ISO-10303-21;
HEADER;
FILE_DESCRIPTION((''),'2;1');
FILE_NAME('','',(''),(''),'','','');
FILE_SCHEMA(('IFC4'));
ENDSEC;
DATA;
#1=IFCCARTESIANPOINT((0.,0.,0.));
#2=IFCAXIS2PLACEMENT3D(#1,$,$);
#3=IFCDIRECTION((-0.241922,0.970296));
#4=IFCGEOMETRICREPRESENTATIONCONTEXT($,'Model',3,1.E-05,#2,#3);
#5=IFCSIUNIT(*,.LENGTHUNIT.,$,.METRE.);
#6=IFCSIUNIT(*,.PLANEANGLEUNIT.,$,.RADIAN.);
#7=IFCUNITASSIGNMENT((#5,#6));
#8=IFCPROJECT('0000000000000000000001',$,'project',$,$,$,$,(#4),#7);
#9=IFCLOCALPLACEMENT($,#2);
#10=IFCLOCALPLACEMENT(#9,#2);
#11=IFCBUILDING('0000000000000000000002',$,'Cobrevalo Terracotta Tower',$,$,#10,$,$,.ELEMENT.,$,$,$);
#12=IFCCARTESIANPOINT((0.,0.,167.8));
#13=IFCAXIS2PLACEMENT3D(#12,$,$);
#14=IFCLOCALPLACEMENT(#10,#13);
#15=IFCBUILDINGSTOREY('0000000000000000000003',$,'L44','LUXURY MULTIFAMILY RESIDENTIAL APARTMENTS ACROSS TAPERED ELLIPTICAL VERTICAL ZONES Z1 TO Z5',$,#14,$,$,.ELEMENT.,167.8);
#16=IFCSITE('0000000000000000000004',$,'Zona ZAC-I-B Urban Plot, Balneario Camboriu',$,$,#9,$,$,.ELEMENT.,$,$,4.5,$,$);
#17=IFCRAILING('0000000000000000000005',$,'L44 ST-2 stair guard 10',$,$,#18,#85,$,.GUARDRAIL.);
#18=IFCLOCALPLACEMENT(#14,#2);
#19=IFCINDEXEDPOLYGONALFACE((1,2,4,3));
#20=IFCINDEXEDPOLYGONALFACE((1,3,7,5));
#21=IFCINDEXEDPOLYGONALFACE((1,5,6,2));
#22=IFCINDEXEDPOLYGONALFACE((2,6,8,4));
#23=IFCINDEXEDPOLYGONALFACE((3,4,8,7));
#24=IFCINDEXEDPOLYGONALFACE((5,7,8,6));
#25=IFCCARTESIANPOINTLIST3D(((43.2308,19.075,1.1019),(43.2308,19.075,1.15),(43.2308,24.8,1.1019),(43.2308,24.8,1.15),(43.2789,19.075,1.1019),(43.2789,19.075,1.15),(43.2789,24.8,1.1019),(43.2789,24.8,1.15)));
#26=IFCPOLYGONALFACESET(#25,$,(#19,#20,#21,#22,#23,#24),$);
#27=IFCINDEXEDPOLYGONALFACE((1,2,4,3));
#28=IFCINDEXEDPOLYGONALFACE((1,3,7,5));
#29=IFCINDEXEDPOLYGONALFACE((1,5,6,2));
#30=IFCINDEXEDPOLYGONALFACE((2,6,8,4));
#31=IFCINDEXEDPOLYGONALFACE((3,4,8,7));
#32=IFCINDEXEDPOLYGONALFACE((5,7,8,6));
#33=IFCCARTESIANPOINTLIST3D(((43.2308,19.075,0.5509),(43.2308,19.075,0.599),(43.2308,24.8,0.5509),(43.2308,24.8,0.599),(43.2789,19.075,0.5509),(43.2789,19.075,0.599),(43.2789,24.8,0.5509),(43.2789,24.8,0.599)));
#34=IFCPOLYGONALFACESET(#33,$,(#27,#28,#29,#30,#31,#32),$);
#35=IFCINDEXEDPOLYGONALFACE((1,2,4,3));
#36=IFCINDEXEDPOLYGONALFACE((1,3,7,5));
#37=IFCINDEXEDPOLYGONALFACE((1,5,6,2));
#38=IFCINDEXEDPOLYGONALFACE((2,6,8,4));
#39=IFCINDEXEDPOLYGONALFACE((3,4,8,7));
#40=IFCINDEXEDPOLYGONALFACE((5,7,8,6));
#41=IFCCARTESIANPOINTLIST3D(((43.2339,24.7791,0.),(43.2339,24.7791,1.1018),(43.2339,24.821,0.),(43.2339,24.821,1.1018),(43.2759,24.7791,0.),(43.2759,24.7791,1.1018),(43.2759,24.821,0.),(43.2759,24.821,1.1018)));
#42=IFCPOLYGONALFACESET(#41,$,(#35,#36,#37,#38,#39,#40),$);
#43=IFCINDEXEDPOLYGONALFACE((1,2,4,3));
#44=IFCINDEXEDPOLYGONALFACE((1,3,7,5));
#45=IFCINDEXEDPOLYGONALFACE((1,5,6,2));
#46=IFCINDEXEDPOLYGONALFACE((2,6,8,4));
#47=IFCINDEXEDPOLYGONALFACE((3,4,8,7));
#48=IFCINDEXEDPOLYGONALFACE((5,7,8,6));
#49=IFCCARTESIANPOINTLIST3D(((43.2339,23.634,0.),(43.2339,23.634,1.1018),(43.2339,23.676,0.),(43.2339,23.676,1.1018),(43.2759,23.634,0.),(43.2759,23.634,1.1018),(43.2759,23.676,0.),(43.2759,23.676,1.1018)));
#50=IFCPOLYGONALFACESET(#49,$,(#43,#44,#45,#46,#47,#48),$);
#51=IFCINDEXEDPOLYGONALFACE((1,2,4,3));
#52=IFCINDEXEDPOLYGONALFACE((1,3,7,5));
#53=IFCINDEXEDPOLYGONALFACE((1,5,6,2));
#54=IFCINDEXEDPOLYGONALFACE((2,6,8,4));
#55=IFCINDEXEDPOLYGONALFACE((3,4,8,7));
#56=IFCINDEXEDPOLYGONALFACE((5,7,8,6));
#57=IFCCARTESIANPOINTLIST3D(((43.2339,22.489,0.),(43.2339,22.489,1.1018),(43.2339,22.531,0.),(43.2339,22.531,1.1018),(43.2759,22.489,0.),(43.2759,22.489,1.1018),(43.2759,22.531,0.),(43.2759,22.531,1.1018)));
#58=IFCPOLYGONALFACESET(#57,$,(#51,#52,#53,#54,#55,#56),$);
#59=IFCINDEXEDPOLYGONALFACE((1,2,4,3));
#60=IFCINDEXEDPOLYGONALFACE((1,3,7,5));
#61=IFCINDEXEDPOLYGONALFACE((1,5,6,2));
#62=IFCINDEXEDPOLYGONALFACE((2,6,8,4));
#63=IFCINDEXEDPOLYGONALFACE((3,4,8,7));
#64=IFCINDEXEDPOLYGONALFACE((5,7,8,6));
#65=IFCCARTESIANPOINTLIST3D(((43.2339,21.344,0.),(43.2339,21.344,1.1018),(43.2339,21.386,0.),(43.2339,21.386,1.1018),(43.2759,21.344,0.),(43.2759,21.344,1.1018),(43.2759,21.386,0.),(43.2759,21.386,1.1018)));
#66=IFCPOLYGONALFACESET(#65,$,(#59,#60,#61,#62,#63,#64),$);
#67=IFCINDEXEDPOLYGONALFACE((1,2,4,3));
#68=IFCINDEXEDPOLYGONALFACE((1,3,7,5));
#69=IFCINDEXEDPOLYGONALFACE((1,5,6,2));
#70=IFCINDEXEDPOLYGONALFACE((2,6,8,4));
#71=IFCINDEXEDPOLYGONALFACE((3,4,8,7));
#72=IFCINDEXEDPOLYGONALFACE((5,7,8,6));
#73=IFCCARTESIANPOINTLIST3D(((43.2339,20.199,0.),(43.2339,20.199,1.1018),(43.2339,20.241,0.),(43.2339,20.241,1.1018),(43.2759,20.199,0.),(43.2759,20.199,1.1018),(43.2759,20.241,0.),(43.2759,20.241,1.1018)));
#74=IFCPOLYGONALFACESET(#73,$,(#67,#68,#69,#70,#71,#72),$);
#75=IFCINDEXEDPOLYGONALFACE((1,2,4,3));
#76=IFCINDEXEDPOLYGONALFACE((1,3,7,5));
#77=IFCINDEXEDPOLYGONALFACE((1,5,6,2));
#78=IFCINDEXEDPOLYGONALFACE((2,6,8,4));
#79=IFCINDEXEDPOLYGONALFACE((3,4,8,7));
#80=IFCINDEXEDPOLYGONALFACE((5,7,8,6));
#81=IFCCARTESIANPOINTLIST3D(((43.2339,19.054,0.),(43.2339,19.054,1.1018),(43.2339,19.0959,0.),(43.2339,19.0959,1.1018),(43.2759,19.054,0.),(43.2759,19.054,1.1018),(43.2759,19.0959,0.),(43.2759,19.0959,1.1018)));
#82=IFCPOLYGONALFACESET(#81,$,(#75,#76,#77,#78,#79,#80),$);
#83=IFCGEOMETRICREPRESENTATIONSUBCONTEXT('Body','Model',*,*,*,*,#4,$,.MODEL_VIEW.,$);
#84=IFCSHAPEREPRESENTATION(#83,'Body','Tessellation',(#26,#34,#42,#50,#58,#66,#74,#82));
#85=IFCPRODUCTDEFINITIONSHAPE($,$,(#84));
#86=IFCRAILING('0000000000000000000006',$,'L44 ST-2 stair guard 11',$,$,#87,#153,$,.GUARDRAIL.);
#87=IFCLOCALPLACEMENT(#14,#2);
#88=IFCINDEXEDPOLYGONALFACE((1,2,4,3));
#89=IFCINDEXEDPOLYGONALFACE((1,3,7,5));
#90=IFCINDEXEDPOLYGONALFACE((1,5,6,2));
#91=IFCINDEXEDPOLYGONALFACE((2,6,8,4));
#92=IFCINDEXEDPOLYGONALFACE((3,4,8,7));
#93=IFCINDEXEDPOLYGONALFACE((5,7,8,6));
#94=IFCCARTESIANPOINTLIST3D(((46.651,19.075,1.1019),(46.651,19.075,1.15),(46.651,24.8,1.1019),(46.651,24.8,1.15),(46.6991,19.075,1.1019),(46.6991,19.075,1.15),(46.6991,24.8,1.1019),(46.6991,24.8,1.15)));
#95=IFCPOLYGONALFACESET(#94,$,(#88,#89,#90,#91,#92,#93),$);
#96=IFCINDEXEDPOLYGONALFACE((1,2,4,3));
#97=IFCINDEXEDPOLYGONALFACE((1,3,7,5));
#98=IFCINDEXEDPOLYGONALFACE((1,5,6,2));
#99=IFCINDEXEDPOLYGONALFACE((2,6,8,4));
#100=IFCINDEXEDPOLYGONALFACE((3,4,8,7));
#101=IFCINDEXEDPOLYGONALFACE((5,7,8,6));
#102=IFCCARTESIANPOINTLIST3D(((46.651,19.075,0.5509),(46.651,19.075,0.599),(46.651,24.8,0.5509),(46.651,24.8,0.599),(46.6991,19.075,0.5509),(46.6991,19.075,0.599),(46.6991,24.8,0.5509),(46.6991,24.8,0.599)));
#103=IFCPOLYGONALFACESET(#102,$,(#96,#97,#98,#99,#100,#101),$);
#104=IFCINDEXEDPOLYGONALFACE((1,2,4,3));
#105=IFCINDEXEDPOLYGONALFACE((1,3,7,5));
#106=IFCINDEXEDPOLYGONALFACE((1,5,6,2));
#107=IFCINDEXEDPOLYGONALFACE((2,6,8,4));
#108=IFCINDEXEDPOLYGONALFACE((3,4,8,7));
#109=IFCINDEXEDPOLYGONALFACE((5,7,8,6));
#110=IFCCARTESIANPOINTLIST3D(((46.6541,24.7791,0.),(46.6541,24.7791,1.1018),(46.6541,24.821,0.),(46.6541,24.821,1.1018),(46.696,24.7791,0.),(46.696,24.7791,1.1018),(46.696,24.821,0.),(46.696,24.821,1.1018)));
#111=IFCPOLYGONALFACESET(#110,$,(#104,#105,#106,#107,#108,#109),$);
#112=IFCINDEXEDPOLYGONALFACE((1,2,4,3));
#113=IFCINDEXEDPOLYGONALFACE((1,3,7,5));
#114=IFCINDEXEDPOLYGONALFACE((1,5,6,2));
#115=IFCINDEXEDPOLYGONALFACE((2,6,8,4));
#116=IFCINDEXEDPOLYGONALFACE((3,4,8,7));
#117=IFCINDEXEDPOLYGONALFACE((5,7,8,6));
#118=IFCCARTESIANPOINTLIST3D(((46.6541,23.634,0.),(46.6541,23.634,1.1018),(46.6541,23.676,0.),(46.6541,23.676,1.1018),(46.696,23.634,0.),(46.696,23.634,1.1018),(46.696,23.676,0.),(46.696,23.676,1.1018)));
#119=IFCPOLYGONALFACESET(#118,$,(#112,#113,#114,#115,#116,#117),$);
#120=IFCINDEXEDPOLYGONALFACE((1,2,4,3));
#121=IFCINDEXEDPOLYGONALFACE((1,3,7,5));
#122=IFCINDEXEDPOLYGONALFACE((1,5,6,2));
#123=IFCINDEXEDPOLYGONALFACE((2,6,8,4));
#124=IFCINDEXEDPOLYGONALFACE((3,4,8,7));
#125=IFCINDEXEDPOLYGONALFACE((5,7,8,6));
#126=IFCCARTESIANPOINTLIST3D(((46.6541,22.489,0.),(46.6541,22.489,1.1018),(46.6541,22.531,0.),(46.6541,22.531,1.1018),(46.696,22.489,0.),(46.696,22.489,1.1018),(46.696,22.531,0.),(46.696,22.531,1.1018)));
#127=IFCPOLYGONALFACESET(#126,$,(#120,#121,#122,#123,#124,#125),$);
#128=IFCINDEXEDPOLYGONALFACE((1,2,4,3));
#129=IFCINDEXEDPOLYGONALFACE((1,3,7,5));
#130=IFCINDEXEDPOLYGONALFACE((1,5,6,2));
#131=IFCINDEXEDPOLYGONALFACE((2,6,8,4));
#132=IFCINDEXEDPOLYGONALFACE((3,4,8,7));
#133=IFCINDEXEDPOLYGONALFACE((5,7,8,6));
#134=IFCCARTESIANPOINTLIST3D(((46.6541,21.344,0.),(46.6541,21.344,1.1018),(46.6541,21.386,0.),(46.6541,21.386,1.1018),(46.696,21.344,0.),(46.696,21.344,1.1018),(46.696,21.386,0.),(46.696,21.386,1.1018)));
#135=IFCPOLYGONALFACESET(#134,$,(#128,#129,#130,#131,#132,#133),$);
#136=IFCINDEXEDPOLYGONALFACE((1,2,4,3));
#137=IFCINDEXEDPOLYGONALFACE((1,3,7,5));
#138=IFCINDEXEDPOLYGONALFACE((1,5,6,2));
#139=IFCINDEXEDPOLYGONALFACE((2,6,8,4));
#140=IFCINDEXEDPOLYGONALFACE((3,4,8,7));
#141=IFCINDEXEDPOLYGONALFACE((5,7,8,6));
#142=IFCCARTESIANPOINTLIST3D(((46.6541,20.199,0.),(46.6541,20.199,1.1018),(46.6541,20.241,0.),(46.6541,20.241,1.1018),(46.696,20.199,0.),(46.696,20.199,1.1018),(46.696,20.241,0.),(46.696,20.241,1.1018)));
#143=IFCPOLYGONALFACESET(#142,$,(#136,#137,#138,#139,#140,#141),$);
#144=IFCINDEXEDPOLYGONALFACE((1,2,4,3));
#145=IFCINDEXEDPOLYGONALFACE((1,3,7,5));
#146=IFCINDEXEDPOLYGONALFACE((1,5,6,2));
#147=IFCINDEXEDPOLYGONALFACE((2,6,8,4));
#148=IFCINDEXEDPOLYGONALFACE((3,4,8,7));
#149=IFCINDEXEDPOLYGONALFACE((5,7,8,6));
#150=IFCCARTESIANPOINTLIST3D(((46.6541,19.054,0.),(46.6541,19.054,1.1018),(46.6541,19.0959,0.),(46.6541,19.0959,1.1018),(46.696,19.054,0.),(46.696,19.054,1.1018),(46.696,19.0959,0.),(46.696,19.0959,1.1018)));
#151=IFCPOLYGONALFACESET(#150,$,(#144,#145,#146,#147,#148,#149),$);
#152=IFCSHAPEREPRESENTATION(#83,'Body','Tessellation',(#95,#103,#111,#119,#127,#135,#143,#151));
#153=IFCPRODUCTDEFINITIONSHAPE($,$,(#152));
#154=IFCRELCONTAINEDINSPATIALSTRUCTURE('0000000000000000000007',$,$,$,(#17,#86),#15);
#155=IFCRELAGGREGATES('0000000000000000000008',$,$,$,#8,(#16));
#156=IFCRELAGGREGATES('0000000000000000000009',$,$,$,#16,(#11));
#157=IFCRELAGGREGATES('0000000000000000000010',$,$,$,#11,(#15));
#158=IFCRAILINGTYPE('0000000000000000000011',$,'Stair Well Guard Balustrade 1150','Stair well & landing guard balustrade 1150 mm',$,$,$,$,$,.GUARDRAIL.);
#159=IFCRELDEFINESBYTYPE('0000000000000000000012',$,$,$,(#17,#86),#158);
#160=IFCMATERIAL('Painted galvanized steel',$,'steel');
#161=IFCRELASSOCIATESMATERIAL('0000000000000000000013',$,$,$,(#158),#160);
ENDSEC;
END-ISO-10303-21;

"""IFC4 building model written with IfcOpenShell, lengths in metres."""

from ifc_helpers import new_model, si_unit, direction, frame, origin, origin_2d, place, context, subcontext, project, spatial, rectangle, extrude, material, type_object, element, save


model = new_model("IFC4")

# Units and contexts
model_context = context("Model", 3, precision=1e-05, world=origin(), true_north=direction((-0.241922, 0.970296)))
body_context = subcontext(model_context, "Body", "Model", "MODEL_VIEW")
ifc_project = project(units=[si_unit("LENGTHUNIT", "METRE"), si_unit("PLANEANGLEUNIT", "RADIAN")], contexts=[model_context])

# Site, building, storey
site_placement = place(None, origin())
site = spatial("IfcSite", under=ifc_project, at=site_placement, Name="Zona ZAC-I-B Urban Plot, Balneario Camboriu", CompositionType="ELEMENT", RefElevation=4.5)
building_placement = place(site_placement, origin())
building = spatial("IfcBuilding", under=site, at=building_placement, Name="Cobrevalo Terracotta Tower", CompositionType="ELEMENT")
storey_placement = place(building_placement, frame((0.0, 0.0, 167.8)))
storey = spatial("IfcBuildingStorey", under=building, at=storey_placement, Name="L44", Description="LUXURY MULTIFAMILY RESIDENTIAL APARTMENTS ACROSS TAPERED ELLIPTICAL VERTICAL ZONES Z1 TO Z5", CompositionType="ELEMENT", Elevation=167.8)

# Railings
ifc_material_1 = material(Name="Painted galvanized steel", Category="steel")
railing_type_1 = type_object("IfcRailingType", Name="Stair Well Guard Balustrade 1150", Description="Stair well & landing guard balustrade 1150 mm", PredefinedType="GUARDRAIL", material=ifc_material_1)
for number, where, name in (
    (1, (43.2549, 24.8, 0.0), "L44 ST-2 stair guard 10"),
    (2, (46.675, 24.8, 0.0), "L44 ST-2 stair guard 11"),
):
    element("IfcRailing", number, at=place(storey_placement, frame(where)), inside=storey, type_object=railing_type_1, Name=name, PredefinedType="GUARDRAIL", context=body_context, shape_type="SweptSolid", body=[
        extrude(rectangle(XDim=0.0481, YDim=0.0481, at=origin_2d()), frame((0.0, 0.0, 1.126), z_axis=(0.0, -1.0, 0.0), x_axis=(1.0, 0.0, 0.0)), (0.0, 0.0, 1.0), 5.7251),
        extrude(rectangle(XDim=0.0481, YDim=0.0481, at=origin_2d()), frame((0.0, 0.0, 0.575), z_axis=(0.0, -1.0, 0.0), x_axis=(1.0, 0.0, 0.0)), (0.0, 0.0, 1.0), 5.7251),
        extrude(rectangle(XDim=0.042, YDim=0.042, at=origin_2d()), origin(), (0.0, 0.0, 1.0), 1.1018),
        extrude(rectangle(XDim=0.042, YDim=0.042, at=origin_2d()), frame((0.0, -1.145, 0.0)), (0.0, 0.0, 1.0), 1.1018),
        extrude(rectangle(XDim=0.042, YDim=0.042, at=origin_2d()), frame((0.0, -2.29, 0.0)), (0.0, 0.0, 1.0), 1.1018),
        extrude(rectangle(XDim=0.042, YDim=0.042, at=origin_2d()), frame((0.0, -3.4351, 0.0)), (0.0, 0.0, 1.0), 1.1018),
        extrude(rectangle(XDim=0.042, YDim=0.042, at=origin_2d()), frame((0.0, -4.5801, 0.0)), (0.0, 0.0, 1.0), 1.1018),
        extrude(rectangle(XDim=0.042, YDim=0.042, at=origin_2d()), frame((0.0, -5.7251, 0.0)), (0.0, 0.0, 1.0), 1.1018),
    ])

save(model, "model.ifc")
